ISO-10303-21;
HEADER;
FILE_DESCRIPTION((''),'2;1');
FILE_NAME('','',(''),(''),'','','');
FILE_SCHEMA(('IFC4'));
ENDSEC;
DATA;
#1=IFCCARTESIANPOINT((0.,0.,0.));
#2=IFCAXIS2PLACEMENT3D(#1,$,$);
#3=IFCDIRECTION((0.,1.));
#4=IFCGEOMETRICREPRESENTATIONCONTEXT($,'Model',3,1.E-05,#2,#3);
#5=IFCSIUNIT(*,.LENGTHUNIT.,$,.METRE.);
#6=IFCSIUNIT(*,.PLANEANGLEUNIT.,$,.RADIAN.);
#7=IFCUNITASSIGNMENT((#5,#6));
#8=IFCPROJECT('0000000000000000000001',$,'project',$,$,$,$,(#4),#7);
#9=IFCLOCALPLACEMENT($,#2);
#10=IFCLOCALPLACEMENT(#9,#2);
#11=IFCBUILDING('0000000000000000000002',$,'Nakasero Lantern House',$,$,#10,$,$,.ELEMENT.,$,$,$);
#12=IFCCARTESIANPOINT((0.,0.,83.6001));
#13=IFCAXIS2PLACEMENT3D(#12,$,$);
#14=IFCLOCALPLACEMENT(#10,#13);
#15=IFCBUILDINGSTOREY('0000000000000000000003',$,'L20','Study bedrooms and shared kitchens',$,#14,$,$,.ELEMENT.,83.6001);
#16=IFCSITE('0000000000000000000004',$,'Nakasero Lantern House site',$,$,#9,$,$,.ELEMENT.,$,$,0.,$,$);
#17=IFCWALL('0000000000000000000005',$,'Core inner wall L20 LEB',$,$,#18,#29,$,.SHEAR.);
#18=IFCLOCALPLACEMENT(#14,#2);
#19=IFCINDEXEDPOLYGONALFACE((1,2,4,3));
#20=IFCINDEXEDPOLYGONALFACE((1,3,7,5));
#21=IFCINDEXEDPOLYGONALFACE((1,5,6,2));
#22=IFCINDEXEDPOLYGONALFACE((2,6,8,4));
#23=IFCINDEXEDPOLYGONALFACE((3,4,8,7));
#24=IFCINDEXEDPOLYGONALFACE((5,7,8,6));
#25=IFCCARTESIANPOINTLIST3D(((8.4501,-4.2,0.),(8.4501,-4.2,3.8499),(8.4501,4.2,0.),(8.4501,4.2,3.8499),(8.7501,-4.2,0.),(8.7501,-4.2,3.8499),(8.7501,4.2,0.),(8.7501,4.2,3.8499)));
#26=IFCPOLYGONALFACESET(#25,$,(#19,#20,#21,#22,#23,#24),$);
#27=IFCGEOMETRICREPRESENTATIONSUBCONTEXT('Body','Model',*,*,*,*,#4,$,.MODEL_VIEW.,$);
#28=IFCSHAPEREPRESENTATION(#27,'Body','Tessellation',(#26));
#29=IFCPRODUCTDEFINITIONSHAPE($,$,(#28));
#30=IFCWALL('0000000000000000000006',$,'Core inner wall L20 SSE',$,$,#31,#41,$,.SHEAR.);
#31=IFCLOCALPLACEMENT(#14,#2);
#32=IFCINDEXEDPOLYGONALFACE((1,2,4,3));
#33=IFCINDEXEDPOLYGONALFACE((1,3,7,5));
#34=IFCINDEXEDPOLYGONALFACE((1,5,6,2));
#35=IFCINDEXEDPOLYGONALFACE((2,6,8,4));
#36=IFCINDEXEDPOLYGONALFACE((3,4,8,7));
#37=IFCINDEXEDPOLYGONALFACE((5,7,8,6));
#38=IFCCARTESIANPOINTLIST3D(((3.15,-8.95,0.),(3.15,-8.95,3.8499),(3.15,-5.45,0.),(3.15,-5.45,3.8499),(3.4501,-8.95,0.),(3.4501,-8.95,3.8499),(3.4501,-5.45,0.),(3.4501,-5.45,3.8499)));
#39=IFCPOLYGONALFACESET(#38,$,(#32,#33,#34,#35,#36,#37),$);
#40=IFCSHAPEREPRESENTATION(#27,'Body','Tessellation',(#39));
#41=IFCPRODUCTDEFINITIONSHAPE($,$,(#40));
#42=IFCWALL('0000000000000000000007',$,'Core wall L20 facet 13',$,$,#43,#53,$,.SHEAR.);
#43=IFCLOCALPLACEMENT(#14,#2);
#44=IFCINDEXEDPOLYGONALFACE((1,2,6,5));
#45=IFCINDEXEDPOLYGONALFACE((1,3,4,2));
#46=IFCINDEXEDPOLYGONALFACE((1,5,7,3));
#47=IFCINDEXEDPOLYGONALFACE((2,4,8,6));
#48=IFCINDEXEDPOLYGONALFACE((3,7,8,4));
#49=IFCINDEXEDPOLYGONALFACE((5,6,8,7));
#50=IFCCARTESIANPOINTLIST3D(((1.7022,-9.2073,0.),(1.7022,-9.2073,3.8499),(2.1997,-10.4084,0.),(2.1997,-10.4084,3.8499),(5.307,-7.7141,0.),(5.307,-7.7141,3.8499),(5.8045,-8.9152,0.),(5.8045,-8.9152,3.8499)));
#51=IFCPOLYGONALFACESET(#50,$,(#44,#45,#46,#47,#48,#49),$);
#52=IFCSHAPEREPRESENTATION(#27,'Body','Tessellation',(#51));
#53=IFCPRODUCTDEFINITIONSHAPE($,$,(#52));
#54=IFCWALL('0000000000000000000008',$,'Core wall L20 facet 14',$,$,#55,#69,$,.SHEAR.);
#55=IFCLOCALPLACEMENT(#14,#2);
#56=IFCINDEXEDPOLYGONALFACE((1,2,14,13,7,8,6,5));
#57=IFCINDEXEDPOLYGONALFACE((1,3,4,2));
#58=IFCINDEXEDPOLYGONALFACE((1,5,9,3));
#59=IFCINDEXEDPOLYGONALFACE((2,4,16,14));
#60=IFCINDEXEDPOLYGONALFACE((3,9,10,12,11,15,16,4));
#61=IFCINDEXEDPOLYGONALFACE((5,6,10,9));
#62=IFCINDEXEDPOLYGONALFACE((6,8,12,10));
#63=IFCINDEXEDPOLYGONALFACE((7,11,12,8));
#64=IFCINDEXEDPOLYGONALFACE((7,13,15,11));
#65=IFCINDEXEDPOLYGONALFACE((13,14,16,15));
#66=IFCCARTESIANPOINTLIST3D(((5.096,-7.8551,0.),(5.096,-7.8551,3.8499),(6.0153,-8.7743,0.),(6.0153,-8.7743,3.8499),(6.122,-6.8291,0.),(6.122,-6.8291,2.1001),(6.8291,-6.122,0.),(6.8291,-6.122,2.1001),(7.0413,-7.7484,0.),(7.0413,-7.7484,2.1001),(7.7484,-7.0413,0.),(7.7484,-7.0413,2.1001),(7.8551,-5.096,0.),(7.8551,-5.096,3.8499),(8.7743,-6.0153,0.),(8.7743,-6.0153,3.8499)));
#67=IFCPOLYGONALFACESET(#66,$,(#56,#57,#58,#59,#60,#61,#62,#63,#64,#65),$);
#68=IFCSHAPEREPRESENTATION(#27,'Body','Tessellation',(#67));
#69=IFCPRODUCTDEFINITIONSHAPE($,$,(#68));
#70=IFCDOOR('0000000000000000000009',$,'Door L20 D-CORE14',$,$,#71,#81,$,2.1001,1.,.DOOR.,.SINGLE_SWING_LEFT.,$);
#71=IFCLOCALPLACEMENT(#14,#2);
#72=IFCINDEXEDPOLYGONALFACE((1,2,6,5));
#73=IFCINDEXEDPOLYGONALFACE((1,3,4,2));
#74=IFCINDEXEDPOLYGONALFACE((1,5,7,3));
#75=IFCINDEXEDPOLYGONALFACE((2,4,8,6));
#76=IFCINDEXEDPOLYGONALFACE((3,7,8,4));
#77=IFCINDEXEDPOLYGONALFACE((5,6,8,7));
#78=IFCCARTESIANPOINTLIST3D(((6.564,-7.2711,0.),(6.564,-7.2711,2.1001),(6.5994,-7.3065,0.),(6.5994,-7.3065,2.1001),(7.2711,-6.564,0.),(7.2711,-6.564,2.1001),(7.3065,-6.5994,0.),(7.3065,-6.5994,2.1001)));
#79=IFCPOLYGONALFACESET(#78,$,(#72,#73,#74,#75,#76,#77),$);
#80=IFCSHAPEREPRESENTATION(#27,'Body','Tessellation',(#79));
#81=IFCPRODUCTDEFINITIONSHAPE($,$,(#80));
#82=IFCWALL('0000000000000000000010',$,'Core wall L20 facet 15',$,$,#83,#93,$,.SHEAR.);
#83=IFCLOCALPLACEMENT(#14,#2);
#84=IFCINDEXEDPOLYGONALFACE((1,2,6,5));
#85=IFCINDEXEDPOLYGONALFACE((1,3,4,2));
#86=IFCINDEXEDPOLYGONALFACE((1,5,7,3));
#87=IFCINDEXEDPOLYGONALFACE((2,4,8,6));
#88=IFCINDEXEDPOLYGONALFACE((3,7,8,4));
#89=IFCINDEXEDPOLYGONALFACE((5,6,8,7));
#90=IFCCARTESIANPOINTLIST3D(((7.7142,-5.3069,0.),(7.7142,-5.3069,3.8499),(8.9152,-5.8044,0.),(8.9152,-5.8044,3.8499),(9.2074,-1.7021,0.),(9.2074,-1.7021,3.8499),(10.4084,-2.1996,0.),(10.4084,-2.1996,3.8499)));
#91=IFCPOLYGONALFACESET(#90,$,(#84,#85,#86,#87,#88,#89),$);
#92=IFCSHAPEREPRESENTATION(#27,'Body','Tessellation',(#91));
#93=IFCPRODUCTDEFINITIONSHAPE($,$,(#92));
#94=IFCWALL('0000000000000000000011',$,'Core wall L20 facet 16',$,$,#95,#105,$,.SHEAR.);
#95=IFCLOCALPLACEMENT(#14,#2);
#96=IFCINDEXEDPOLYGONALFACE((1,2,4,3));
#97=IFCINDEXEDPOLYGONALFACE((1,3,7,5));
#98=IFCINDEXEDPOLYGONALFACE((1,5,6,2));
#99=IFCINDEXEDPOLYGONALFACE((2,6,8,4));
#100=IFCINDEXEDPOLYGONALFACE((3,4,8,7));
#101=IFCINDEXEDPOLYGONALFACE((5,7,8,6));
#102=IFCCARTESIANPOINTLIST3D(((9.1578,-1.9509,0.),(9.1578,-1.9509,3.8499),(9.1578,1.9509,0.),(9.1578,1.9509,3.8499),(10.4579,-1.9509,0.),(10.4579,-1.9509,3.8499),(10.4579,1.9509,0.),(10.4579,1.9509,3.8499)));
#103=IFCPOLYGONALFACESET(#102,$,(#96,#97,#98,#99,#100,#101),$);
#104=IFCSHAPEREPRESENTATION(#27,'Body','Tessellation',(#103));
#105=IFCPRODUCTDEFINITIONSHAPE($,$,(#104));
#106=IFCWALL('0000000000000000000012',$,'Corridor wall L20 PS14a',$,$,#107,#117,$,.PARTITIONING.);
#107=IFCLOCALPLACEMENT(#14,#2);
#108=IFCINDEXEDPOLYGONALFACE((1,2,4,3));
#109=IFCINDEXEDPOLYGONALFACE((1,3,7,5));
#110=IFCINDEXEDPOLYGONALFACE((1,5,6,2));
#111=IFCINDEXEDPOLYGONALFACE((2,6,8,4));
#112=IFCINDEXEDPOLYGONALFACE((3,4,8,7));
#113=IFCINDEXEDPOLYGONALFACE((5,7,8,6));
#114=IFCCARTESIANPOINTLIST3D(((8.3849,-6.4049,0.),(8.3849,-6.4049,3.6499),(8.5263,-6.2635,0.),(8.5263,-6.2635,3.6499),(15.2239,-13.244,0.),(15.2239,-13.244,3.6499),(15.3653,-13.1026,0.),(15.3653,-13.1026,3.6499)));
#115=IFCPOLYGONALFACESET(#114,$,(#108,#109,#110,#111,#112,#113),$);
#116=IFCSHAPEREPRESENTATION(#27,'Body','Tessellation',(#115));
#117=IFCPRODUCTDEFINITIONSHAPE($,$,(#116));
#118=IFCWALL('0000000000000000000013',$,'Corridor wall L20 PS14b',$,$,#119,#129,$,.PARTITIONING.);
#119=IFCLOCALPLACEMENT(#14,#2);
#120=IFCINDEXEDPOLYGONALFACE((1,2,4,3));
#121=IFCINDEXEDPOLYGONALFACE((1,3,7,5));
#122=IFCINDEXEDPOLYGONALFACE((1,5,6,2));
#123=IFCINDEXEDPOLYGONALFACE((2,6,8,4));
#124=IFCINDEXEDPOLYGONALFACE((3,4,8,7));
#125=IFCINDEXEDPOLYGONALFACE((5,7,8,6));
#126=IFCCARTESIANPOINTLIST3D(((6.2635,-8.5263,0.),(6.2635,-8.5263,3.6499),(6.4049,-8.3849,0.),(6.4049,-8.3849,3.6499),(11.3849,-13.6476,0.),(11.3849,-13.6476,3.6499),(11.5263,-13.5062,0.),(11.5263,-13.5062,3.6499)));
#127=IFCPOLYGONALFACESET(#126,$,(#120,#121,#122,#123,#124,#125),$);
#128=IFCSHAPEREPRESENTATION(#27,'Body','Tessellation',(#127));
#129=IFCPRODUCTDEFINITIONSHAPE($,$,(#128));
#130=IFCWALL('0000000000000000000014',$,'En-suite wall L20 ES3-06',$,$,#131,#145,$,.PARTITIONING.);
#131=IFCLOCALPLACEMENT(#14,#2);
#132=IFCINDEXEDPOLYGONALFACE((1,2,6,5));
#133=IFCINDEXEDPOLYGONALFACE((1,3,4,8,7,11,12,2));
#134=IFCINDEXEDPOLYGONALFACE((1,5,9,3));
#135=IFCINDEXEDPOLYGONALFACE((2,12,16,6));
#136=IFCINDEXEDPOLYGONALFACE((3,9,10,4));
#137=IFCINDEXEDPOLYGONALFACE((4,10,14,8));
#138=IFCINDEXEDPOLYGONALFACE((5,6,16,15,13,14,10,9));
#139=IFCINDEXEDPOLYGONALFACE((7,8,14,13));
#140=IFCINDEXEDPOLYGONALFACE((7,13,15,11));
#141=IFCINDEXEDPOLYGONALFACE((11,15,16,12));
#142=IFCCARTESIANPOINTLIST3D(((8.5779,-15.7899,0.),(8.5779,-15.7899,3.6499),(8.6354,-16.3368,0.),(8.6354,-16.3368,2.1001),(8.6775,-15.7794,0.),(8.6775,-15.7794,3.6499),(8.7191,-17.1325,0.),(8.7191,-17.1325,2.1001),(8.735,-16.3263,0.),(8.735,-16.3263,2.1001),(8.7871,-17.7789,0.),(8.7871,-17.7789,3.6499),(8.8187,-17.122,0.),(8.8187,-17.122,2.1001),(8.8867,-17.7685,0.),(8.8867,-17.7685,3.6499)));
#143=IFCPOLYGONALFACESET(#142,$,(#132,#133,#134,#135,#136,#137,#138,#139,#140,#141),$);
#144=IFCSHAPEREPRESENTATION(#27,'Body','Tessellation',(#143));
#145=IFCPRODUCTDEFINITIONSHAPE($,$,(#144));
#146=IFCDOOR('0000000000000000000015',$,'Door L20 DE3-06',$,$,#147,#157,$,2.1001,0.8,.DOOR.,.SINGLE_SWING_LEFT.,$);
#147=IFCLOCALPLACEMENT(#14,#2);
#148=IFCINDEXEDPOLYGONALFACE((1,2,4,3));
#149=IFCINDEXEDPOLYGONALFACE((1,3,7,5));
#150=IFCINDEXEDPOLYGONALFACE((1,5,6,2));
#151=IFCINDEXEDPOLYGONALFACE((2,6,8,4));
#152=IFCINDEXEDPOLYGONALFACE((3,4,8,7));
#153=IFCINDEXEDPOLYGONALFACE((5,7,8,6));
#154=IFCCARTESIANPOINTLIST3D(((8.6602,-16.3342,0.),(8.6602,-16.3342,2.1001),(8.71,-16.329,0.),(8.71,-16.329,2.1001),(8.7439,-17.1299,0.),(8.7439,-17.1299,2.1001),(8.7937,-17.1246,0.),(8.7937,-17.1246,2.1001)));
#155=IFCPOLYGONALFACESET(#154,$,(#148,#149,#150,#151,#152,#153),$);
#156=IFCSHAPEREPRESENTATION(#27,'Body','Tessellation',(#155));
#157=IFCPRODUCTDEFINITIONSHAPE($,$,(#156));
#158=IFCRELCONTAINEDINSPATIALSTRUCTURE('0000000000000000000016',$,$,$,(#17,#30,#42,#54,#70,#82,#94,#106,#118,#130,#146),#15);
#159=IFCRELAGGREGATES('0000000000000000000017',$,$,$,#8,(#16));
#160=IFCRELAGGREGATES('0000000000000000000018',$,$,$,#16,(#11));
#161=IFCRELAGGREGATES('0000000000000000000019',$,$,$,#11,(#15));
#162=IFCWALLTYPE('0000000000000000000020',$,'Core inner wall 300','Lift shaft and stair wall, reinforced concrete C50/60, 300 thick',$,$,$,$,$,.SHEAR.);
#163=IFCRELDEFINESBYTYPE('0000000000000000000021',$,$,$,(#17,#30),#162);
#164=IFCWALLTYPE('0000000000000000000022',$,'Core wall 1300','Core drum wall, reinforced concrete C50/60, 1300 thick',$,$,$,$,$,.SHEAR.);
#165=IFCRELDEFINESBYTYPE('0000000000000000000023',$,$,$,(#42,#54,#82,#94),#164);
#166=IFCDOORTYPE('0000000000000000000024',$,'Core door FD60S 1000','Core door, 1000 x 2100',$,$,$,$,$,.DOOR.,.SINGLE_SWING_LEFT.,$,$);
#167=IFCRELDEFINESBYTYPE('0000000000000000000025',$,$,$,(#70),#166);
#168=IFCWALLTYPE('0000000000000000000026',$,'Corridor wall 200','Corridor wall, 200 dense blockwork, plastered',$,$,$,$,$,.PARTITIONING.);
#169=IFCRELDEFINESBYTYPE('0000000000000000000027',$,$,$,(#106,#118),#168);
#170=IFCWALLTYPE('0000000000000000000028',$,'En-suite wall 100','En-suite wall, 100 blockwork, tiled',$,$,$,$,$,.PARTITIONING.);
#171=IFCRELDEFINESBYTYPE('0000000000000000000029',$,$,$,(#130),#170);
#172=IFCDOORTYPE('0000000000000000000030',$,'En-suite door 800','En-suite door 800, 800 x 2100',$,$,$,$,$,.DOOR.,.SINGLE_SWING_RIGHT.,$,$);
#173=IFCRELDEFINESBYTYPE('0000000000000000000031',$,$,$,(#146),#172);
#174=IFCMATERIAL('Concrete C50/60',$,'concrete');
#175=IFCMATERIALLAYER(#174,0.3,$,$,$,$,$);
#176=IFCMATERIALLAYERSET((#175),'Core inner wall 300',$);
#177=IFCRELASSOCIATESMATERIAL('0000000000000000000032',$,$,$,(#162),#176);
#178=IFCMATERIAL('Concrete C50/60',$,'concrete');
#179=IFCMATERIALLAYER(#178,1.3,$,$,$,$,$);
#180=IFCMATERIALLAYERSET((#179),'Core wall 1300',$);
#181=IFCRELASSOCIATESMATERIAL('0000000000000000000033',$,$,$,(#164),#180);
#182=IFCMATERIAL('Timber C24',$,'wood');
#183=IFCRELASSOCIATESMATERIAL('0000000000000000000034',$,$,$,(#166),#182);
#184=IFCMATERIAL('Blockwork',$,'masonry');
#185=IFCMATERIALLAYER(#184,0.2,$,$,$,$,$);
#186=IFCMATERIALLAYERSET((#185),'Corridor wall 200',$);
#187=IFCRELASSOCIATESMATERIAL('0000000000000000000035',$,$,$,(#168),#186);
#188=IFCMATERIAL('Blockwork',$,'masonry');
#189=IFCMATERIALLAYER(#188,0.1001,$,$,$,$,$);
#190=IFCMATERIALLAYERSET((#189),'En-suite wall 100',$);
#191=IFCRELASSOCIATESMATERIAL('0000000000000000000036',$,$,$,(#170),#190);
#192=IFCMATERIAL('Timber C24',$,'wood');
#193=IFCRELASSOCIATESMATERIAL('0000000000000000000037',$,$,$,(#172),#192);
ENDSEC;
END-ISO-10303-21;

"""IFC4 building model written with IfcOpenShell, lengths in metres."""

from ifc_helpers import new_model, si_unit, direction, frame, frame_2d, origin, place, context, subcontext, project, spatial, rectangle, extrude, material, layer, layer_set, type_object, element, fill, save


model = new_model("IFC4")

# Units and contexts
model_context = context("Model", 3, precision=1e-05, world=origin(), true_north=direction((0.0, 1.0)))
body_context = subcontext(model_context, "Body", "Model", "MODEL_VIEW")
ifc_project = project(units=[si_unit("LENGTHUNIT", "METRE"), si_unit("PLANEANGLEUNIT", "RADIAN")], contexts=[model_context])

# Site, building, storey
site_placement = place(None, origin())
site = spatial("IfcSite", under=ifc_project, at=site_placement, Name="Nakasero Lantern House site", CompositionType="ELEMENT", RefElevation=0.0)
building_placement = place(site_placement, origin())
building = spatial("IfcBuilding", under=site, at=building_placement, Name="Nakasero Lantern House", CompositionType="ELEMENT")
storey_placement = place(building_placement, frame((0.0, 0.0, 83.6001)))
storey = spatial("IfcBuildingStorey", under=building, at=storey_placement, Name="L20", Description="Study bedrooms and shared kitchens", CompositionType="ELEMENT", Elevation=83.6001)

# Shared definitions
ifc_material_1 = material(Name="Concrete C50/60", Category="concrete")
ifc_layer_1 = layer(ifc_material_1, 0.3)
ifc_layer_set_1 = layer_set([ifc_layer_1], Name="Core inner wall 300")
wall_type_1 = type_object("IfcWallType", Name="Core inner wall 300", Description="Lift shaft and stair wall, reinforced concrete C50/60, 300 thick", PredefinedType="SHEAR", material=ifc_layer_set_1)

# Walls
wall_1_placement = place(storey_placement, frame((8.6001, -4.2, 0.0), z_axis=(0.0, 0.0, 1.0), x_axis=(0.0, 1.0, 0.0)))
element("IfcWall", 1, at=wall_1_placement, inside=storey, type_object=wall_type_1, Name="Core inner wall L20 LEB", PredefinedType="SHEAR", context=body_context, shape_type="SweptSolid", body=[
    extrude(rectangle(XDim=8.3999, YDim=0.3, at=frame_2d((4.2, 0.0))), origin(), (0.0, 0.0, 1.0), 3.8499),
])
wall_2_placement = place(storey_placement, frame((3.3, -5.45, 0.0), z_axis=(0.0, 0.0, 1.0), x_axis=(0.0, -1.0, 0.0)))
element("IfcWall", 2, at=wall_2_placement, inside=storey, type_object=wall_type_1, Name="Core inner wall L20 SSE", PredefinedType="SHEAR", context=body_context, shape_type="SweptSolid", body=[
    extrude(rectangle(XDim=3.5, YDim=0.3, at=frame_2d((1.75, 0.0))), origin(), (0.0, 0.0, 1.0), 3.8499),
])
ifc_material_2 = material(Name="Concrete C50/60", Category="concrete")
ifc_layer_2 = layer(ifc_material_2, 1.3)
ifc_layer_set_2 = layer_set([ifc_layer_2], Name="Core wall 1300")
wall_type_2 = type_object("IfcWallType", Name="Core wall 1300", Description="Core drum wall, reinforced concrete C50/60, 1300 thick", PredefinedType="SHEAR", material=ifc_layer_set_2)
wall_3_placement = place(storey_placement, frame((1.9509, -9.8079, 0.0), z_axis=(0.0, 0.0, 1.0), x_axis=(0.923877, 0.382691, 0.0)))
element("IfcWall", 3, at=wall_3_placement, inside=storey, type_object=wall_type_2, Name="Core wall L20 facet 13", PredefinedType="SHEAR", context=body_context, shape_type="SweptSolid", body=[
    extrude(rectangle(XDim=3.9019, YDim=1.3, at=frame_2d((1.9509, 0.0))), origin(), (0.0, 0.0, 1.0), 3.8499),
])

# Wall, opening, door
wall_4_placement = place(storey_placement, frame((5.5557, -8.3147, 0.0), z_axis=(0.0, 0.0, 1.0), x_axis=(0.707107, 0.707107, 0.0)))
wall_4 = element("IfcWall", 4, at=wall_4_placement, inside=storey, type_object=wall_type_2, Name="Core wall L20 facet 14", PredefinedType="SHEAR", context=body_context, shape_type="SweptSolid", body=[
    extrude(rectangle(XDim=3.9019, YDim=1.3, at=frame_2d((1.9509, 0.0))), origin(), (0.0, 0.0, 1.0), 3.8499),
])
opening_1_placement = place(wall_4_placement, frame((1.4509, 0.0, 0.0)))
opening_1 = element("IfcOpeningElement", 5, at=opening_1_placement, cuts=wall_4, PredefinedType="OPENING", context=body_context, shape_type="SweptSolid", body=[
    extrude(rectangle(XDim=1.0, YDim=2.1001, at=frame_2d((0.5, 1.05))), frame((0.0, 0.6699, 0.0), z_axis=(0.0, -1.0, 0.0), x_axis=(1.0, 0.0, 0.0)), (0.0, 0.0, 1.0), 1.3401),
])
ifc_material_3 = material(Name="Timber C24", Category="wood")
door_type_1 = type_object("IfcDoorType", Name="Core door FD60S 1000", Description="Core door, 1000 x 2100", OperationType="SINGLE_SWING_LEFT", PredefinedType="DOOR", material=ifc_material_3)
door_1_placement = place(opening_1_placement, origin())
door_1 = element("IfcDoor", 6, at=door_1_placement, inside=storey, type_object=door_type_1, Name="Door L20 D-CORE14", OperationType="SINGLE_SWING_LEFT", OverallHeight=2.1001, OverallWidth=1.0, PredefinedType="DOOR", context=body_context, shape_type="SweptSolid", body=[
    extrude(rectangle(XDim=1.0, YDim=2.1001, at=frame_2d((0.5, 1.05))), frame((0.0, 0.0249, 0.0), z_axis=(0.0, -1.0, 0.0), x_axis=(1.0, 0.0, 0.0)), (0.0, 0.0, 1.0), 0.05),
])
fill(opening_1, door_1)

# Walls
for number, where, z_axis, x_axis, name in (
    (7, (8.3147, -5.5557, 0.0), (0.0, 0.0, 1.0), (0.382691, 0.923877, 0.0), "Core wall L20 facet 15"),
    (8, (9.8079, -1.9509, 0.0), (0.0, 0.0, 1.0), (0.0, 1.0, 0.0), "Core wall L20 facet 16"),
):
    element("IfcWall", number, at=place(storey_placement, frame(where, z_axis=z_axis, x_axis=x_axis)), inside=storey, type_object=wall_type_2, Name=name, PredefinedType="SHEAR", context=body_context, shape_type="SweptSolid", body=[
        extrude(rectangle(XDim=3.9019, YDim=1.3, at=frame_2d((1.9509, 0.0))), origin(), (0.0, 0.0, 1.0), 3.8499),
    ])
ifc_material_4 = material(Name="Blockwork", Category="masonry")
ifc_layer_3 = layer(ifc_material_4, 0.2)
ifc_layer_set_3 = layer_set([ifc_layer_3], Name="Corridor wall 200")
wall_type_3 = type_object("IfcWallType", Name="Corridor wall 200", Description="Corridor wall, 200 dense blockwork, plastered", PredefinedType="PARTITIONING", material=ifc_layer_set_3)
wall_5_placement = place(storey_placement, frame((8.4556, -6.3342, 0.0), z_axis=(0.0, 0.0, 1.0), x_axis=(0.707107, -0.707107, 0.0)))
element("IfcWall", 9, at=wall_5_placement, inside=storey, type_object=wall_type_3, Name="Corridor wall L20 PS14a", PredefinedType="PARTITIONING", context=body_context, shape_type="SweptSolid", body=[
    extrude(rectangle(XDim=9.6719, YDim=0.2, at=frame_2d((4.8359, 0.0))), origin(), (0.0, 0.0, 1.0), 3.6499),
])
wall_6_placement = place(storey_placement, frame((6.3342, -8.4556, 0.0), z_axis=(0.0, 0.0, 1.0), x_axis=(0.707107, -0.707107, 0.0)))
element("IfcWall", 10, at=wall_6_placement, inside=storey, type_object=wall_type_3, Name="Corridor wall L20 PS14b", PredefinedType="PARTITIONING", context=body_context, shape_type="SweptSolid", body=[
    extrude(rectangle(XDim=7.2427, YDim=0.2, at=frame_2d((3.6213, 0.0))), origin(), (0.0, 0.0, 1.0), 3.6499),
])

# Wall, opening, door
ifc_material_5 = material(Name="Blockwork", Category="masonry")
ifc_layer_4 = layer(ifc_material_5, 0.1001)
ifc_layer_set_4 = layer_set([ifc_layer_4], Name="En-suite wall 100")
wall_type_4 = type_object("IfcWallType", Name="En-suite wall 100", Description="En-suite wall, 100 blockwork, tiled", PredefinedType="PARTITIONING", material=ifc_layer_set_4)
wall_7_placement = place(storey_placement, frame((8.6277, -15.7847, 0.0), z_axis=(0.0, 0.0, 1.0), x_axis=(0.104615, -0.994513, 0.0)))
wall_7 = element("IfcWall", 11, at=wall_7_placement, inside=storey, type_object=wall_type_4, Name="En-suite wall L20 ES3-06", PredefinedType="PARTITIONING", context=body_context, shape_type="SweptSolid", body=[
    extrude(rectangle(XDim=2.0, YDim=0.1001, at=frame_2d((1.0, 0.0))), origin(), (0.0, 0.0, 1.0), 3.6499),
])
opening_2_placement = place(wall_7_placement, frame((0.55, 0.0, 0.0)))
opening_2 = element("IfcOpeningElement", 12, at=opening_2_placement, cuts=wall_7, PredefinedType="OPENING", context=body_context, shape_type="SweptSolid", body=[
    extrude(rectangle(XDim=0.8, YDim=2.1001, at=frame_2d((0.3999, 1.05))), frame((0.0, 0.0701, 0.0), z_axis=(0.0, -1.0, 0.0), x_axis=(1.0, 0.0, 0.0)), (0.0, 0.0, 1.0), 0.1401),
])
ifc_material_6 = material(Name="Timber C24", Category="wood")
door_type_2 = type_object("IfcDoorType", Name="En-suite door 800", Description="En-suite door 800, 800 x 2100", OperationType="SINGLE_SWING_RIGHT", PredefinedType="DOOR", material=ifc_material_6)
door_2_placement = place(opening_2_placement, origin())
door_2 = element("IfcDoor", 13, at=door_2_placement, inside=storey, type_object=door_type_2, Name="Door L20 DE3-06", OperationType="SINGLE_SWING_LEFT", OverallHeight=2.1001, OverallWidth=0.8, PredefinedType="DOOR", context=body_context, shape_type="SweptSolid", body=[
    extrude(rectangle(XDim=0.8, YDim=2.1001, at=frame_2d((0.3999, 1.05))), frame((0.0, 0.0249, 0.0), z_axis=(0.0, -1.0, 0.0), x_axis=(1.0, 0.0, 0.0)), (0.0, 0.0, 1.0), 0.05),
])
fill(opening_2, door_2)

save(model, "model.ifc")
